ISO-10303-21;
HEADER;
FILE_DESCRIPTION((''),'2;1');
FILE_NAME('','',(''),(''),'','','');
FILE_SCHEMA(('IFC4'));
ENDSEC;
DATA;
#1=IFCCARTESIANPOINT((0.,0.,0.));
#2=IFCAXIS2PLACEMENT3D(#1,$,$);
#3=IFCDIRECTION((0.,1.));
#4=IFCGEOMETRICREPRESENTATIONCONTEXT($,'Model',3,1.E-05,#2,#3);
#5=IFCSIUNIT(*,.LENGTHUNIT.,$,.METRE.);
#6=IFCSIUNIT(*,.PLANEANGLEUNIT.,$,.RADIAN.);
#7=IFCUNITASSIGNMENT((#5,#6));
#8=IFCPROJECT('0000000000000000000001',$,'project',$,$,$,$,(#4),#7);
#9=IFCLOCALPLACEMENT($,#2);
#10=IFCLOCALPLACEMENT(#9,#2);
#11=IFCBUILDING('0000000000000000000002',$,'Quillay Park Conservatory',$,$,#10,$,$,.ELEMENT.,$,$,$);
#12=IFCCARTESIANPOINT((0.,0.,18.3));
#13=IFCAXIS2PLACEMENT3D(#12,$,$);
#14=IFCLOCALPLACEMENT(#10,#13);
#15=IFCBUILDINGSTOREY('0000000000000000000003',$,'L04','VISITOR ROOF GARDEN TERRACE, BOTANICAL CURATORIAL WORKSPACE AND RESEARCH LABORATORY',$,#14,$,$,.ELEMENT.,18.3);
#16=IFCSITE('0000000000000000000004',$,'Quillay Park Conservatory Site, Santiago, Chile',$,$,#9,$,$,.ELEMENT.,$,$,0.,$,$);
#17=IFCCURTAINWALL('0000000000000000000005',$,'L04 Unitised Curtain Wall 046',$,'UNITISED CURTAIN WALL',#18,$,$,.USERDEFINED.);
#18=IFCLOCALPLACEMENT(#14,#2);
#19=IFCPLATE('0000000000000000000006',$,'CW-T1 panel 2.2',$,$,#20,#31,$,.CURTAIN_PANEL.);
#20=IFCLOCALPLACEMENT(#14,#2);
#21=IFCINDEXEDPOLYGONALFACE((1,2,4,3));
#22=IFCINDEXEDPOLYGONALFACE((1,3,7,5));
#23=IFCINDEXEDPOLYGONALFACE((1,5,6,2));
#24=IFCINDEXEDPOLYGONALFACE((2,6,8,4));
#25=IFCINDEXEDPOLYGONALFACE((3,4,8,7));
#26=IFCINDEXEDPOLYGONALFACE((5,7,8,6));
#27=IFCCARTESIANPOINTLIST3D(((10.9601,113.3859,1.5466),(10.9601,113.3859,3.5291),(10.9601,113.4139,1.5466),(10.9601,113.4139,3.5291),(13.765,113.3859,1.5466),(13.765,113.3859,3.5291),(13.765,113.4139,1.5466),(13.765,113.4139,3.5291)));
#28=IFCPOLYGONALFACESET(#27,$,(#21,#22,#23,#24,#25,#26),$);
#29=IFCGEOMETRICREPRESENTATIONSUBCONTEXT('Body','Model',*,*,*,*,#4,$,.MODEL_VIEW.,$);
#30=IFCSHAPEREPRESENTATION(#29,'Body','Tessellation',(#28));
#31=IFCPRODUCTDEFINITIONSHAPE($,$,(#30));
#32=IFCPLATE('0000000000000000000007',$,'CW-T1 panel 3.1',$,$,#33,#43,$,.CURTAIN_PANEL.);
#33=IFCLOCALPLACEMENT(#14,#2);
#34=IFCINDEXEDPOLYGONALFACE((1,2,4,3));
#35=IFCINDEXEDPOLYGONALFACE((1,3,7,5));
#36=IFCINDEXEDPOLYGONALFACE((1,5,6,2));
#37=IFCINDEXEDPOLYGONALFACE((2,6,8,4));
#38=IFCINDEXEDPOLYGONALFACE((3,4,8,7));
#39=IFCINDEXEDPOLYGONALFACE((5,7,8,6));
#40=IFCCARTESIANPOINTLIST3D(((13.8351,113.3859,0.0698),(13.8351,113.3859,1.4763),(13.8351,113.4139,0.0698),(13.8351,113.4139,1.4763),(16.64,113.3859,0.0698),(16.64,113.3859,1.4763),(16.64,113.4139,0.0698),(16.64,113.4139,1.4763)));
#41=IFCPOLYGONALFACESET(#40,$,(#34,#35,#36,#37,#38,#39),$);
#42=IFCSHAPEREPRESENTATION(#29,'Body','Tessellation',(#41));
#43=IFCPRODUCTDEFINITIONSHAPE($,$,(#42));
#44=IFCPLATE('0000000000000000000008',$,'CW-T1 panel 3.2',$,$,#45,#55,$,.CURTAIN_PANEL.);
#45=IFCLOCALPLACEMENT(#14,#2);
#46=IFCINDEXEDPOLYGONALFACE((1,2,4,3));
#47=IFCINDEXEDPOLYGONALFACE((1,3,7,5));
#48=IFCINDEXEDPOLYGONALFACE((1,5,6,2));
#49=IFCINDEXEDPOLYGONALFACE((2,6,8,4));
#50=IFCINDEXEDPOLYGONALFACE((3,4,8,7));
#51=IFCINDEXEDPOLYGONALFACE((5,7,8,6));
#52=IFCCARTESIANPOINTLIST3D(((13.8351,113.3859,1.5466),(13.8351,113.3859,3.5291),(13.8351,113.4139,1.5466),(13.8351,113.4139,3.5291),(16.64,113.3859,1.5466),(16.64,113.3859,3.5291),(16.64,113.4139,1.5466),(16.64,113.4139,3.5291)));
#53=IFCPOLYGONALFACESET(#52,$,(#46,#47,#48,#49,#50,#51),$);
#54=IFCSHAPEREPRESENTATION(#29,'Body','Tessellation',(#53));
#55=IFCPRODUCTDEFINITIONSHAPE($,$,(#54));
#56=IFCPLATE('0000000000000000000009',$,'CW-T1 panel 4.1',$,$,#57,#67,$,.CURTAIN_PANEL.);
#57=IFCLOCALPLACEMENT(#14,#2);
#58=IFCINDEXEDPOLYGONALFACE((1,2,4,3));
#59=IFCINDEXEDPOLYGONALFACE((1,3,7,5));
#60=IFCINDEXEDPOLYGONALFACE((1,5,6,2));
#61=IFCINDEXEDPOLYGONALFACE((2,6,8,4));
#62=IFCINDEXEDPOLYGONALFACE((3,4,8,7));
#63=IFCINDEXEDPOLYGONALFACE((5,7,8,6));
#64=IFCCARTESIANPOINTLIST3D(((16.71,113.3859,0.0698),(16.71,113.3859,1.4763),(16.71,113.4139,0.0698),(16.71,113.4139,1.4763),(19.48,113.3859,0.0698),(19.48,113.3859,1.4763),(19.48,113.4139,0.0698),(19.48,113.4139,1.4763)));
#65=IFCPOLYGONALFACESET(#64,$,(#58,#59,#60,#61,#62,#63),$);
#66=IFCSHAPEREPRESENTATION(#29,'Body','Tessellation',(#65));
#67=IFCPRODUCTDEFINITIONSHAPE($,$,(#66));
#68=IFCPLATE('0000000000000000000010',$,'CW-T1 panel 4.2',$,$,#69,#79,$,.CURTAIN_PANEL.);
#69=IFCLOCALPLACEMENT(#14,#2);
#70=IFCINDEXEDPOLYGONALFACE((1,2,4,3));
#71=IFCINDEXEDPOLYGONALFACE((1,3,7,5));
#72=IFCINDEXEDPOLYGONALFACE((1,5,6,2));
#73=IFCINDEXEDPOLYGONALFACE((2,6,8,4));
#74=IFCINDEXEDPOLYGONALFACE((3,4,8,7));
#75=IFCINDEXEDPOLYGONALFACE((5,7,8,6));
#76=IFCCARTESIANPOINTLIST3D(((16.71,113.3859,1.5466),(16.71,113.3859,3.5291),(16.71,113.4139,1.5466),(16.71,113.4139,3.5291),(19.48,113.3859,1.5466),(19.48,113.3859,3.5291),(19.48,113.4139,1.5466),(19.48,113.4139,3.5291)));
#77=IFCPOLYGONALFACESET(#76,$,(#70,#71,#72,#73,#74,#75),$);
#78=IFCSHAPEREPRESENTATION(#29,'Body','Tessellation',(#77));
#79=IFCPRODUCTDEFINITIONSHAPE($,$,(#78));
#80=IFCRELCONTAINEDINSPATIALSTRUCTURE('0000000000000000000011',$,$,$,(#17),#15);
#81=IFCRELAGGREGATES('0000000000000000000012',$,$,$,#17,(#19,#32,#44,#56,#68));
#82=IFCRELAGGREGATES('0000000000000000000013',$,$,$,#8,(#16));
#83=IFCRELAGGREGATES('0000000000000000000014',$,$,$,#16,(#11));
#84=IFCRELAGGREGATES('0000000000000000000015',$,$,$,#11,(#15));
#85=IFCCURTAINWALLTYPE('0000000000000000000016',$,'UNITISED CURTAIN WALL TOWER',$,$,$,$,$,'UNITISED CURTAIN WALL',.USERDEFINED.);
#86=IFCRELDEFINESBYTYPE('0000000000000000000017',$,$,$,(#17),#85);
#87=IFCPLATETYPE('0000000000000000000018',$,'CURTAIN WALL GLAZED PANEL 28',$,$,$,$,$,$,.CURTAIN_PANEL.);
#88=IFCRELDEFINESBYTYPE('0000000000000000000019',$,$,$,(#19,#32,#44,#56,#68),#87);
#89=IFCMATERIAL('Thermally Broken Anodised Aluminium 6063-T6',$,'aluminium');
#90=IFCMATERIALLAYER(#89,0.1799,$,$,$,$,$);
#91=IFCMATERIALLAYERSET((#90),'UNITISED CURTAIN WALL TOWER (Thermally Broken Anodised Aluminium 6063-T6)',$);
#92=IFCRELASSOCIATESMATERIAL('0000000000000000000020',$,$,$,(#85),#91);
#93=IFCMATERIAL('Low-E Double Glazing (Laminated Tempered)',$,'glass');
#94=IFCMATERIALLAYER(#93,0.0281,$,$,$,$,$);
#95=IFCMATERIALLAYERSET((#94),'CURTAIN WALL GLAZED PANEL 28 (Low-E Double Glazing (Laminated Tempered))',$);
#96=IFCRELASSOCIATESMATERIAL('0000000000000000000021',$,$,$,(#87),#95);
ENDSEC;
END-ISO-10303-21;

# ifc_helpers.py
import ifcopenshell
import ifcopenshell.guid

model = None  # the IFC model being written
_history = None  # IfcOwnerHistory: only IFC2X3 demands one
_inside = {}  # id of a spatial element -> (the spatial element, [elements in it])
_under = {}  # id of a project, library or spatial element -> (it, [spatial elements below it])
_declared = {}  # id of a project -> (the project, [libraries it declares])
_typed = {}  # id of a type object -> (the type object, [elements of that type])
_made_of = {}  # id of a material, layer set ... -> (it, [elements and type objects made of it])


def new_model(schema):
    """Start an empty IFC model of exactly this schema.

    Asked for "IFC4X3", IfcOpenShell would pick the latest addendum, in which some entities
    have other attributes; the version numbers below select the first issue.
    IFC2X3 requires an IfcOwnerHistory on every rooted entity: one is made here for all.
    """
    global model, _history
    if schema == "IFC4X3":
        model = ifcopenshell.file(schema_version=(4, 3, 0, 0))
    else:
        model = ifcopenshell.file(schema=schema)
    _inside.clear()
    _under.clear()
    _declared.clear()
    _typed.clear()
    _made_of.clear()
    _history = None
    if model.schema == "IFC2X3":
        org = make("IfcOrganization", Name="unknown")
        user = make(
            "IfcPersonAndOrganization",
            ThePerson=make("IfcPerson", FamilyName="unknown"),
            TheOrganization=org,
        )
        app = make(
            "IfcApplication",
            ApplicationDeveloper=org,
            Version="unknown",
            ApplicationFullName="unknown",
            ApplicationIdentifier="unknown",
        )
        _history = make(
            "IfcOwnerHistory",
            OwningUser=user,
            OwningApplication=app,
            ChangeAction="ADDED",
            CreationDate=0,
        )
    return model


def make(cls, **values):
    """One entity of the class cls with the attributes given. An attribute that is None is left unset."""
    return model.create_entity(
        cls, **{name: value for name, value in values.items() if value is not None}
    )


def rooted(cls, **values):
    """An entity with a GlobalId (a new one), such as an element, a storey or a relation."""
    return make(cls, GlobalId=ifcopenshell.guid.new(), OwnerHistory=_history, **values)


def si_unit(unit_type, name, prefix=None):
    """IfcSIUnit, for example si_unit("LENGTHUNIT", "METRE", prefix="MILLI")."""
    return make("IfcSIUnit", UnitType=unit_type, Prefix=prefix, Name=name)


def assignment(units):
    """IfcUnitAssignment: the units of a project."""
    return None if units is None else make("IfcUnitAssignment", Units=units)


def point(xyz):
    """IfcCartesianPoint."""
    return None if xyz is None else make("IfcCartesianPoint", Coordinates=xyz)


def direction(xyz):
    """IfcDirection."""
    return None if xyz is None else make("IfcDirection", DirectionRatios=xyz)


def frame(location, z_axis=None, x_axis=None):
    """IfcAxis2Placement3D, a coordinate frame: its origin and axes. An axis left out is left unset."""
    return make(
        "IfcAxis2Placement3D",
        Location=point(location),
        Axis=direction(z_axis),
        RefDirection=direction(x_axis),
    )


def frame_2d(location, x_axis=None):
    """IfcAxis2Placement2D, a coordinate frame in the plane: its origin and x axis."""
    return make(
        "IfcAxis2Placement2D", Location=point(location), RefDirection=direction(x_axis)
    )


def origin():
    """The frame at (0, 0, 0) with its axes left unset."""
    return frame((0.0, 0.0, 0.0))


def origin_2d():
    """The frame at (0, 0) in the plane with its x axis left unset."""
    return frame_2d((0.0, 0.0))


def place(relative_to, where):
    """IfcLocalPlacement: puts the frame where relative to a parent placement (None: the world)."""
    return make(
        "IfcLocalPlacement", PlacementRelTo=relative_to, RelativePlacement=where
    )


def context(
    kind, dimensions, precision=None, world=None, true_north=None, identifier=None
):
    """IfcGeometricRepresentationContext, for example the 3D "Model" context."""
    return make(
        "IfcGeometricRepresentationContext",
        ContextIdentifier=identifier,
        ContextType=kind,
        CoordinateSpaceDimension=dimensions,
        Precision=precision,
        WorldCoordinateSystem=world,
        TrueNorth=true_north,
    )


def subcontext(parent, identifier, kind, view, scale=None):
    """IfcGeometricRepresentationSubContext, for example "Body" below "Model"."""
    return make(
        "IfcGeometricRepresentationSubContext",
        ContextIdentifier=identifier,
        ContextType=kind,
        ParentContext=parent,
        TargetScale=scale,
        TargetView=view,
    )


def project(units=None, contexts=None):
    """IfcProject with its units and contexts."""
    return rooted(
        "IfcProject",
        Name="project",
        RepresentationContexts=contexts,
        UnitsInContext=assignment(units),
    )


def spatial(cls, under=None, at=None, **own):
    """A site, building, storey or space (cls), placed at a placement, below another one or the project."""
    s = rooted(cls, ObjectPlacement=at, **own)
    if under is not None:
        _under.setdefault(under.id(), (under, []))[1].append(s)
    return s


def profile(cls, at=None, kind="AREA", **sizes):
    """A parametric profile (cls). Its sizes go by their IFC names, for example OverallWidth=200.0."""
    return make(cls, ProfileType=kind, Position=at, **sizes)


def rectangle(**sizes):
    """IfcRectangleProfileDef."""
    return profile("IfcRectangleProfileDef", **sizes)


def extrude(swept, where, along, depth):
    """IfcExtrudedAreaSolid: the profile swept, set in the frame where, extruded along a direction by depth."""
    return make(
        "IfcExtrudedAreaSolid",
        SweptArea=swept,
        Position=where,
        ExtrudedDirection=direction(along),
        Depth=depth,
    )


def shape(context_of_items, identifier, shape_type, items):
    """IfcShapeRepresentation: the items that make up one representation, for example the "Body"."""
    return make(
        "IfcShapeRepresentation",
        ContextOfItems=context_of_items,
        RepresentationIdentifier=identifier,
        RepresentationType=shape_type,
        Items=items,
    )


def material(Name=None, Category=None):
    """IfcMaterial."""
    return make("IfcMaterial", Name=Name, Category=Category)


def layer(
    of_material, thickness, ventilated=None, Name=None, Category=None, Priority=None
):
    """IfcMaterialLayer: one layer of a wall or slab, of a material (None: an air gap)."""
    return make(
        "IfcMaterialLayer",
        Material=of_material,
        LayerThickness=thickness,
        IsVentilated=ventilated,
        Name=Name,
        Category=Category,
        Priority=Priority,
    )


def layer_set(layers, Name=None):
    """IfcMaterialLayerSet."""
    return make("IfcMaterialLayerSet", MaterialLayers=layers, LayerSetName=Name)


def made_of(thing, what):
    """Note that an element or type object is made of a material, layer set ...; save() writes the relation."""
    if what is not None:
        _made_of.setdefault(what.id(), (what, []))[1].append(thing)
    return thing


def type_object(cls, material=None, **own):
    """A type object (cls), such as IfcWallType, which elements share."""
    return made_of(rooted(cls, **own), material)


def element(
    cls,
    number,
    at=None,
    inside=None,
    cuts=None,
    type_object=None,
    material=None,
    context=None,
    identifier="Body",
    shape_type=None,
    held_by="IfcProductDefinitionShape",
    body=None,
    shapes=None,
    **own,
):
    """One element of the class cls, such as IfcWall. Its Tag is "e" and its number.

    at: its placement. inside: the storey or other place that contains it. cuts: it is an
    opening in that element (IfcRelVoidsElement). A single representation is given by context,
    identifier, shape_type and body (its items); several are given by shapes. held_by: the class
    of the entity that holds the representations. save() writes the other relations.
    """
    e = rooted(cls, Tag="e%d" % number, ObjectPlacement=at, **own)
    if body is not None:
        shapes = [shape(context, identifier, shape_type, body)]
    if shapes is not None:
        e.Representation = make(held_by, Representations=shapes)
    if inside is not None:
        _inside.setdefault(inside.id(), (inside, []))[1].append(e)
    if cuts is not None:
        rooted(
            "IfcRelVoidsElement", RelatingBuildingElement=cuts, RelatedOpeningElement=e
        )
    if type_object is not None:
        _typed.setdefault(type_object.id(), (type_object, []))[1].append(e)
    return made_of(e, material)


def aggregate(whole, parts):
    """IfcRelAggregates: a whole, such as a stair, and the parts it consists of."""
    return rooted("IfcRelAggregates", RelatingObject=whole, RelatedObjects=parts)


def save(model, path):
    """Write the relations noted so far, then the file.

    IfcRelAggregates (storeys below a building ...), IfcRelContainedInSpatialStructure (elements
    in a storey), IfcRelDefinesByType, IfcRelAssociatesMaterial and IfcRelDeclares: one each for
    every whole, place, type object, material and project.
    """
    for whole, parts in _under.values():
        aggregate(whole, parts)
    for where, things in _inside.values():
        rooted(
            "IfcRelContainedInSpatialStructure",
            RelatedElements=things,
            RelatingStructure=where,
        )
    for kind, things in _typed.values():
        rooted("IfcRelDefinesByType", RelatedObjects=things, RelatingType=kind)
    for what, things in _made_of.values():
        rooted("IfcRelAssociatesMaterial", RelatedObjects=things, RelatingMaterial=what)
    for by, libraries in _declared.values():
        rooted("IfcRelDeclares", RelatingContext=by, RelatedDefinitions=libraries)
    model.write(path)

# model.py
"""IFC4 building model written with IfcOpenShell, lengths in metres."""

from ifc_helpers import new_model, si_unit, direction, frame, origin, origin_2d, place, context, subcontext, project, spatial, rectangle, extrude, material, layer, layer_set, type_object, element, aggregate, save


model = new_model("IFC4")

# Units and contexts
model_context = context("Model", 3, precision=1e-05, world=origin(), true_north=direction((0.0, 1.0)))
body_context = subcontext(model_context, "Body", "Model", "MODEL_VIEW")
ifc_project = project(units=[si_unit("LENGTHUNIT", "METRE"), si_unit("PLANEANGLEUNIT", "RADIAN")], contexts=[model_context])

# Site, building, storey
site_placement = place(None, origin())
site = spatial("IfcSite", under=ifc_project, at=site_placement, Name="Quillay Park Conservatory Site, Santiago, Chile", CompositionType="ELEMENT", RefElevation=0.0)
building_placement = place(site_placement, origin())
building = spatial("IfcBuilding", under=site, at=building_placement, Name="Quillay Park Conservatory", CompositionType="ELEMENT")
storey_placement = place(building_placement, frame((0.0, 0.0, 18.3)))
storey = spatial("IfcBuildingStorey", under=building, at=storey_placement, Name="L04", Description="VISITOR ROOF GARDEN TERRACE, BOTANICAL CURATORIAL WORKSPACE AND RESEARCH LABORATORY", CompositionType="ELEMENT", Elevation=18.3)

# Curtain wall
ifc_material_1 = material(Name="Thermally Broken Anodised Aluminium 6063-T6", Category="aluminium")
ifc_layer_1 = layer(ifc_material_1, 0.1799)
ifc_layer_set_1 = layer_set([ifc_layer_1], Name="UNITISED CURTAIN WALL TOWER (Thermally Broken Anodised Aluminium 6063-T6)")
curtain_wall_type = type_object("IfcCurtainWallType", Name="UNITISED CURTAIN WALL TOWER", ElementType="UNITISED CURTAIN WALL", PredefinedType="USERDEFINED", material=ifc_layer_set_1)
curtain_wall_placement = place(storey_placement, origin())
curtain_wall = element("IfcCurtainWall", 1, at=curtain_wall_placement, inside=storey, type_object=curtain_wall_type, Name="L04 Unitised Curtain Wall 046", ObjectType="UNITISED CURTAIN WALL", PredefinedType="USERDEFINED")

# Plates
ifc_material_2 = material(Name="Low-E Double Glazing (Laminated Tempered)", Category="glass")
ifc_layer_2 = layer(ifc_material_2, 0.0281)
ifc_layer_set_2 = layer_set([ifc_layer_2], Name="CURTAIN WALL GLAZED PANEL 28 (Low-E Double Glazing (Laminated Tempered))")
plate_type = type_object("IfcPlateType", Name="CURTAIN WALL GLAZED PANEL 28", PredefinedType="CURTAIN_PANEL", material=ifc_layer_set_2)
plate_1_placement = place(storey_placement, frame((12.3625, 113.3999, 1.5466), z_axis=(0.0, 0.0, 1.0), x_axis=(1.0, 0.0, 0.0)))
plate_1 = element("IfcPlate", 2, at=plate_1_placement, type_object=plate_type, Name="CW-T1 panel 2.2", PredefinedType="CURTAIN_PANEL", context=body_context, shape_type="SweptSolid", body=[
    extrude(rectangle(XDim=2.8049, YDim=0.0281, at=origin_2d()), origin(), (0.0, 0.0, 1.0), 1.9824),
])
plate_2_placement = place(storey_placement, frame((15.2375, 113.3999, 0.0698), z_axis=(0.0, 0.0, 1.0), x_axis=(1.0, 0.0, 0.0)))
plate_2 = element("IfcPlate", 3, at=plate_2_placement, type_object=plate_type, Name="CW-T1 panel 3.1", PredefinedType="CURTAIN_PANEL", context=body_context, shape_type="SweptSolid", body=[
    extrude(rectangle(XDim=2.8049, YDim=0.0281, at=origin_2d()), origin(), (0.0, 0.0, 1.0), 1.4065),
])
plate_3_placement = place(storey_placement, frame((15.2375, 113.3999, 1.5466), z_axis=(0.0, 0.0, 1.0), x_axis=(1.0, 0.0, 0.0)))
plate_3 = element("IfcPlate", 4, at=plate_3_placement, type_object=plate_type, Name="CW-T1 panel 3.2", PredefinedType="CURTAIN_PANEL", context=body_context, shape_type="SweptSolid", body=[
    extrude(rectangle(XDim=2.8049, YDim=0.0281, at=origin_2d()), origin(), (0.0, 0.0, 1.0), 1.9824),
])
plate_4_placement = place(storey_placement, frame((18.095, 113.3999, 0.0698), z_axis=(0.0, 0.0, 1.0), x_axis=(1.0, 0.0, 0.0)))
plate_4 = element("IfcPlate", 5, at=plate_4_placement, type_object=plate_type, Name="CW-T1 panel 4.1", PredefinedType="CURTAIN_PANEL", context=body_context, shape_type="SweptSolid", body=[
    extrude(rectangle(XDim=2.77, YDim=0.0281, at=origin_2d()), origin(), (0.0, 0.0, 1.0), 1.4065),
])
plate_5_placement = place(storey_placement, frame((18.095, 113.3999, 1.5466), z_axis=(0.0, 0.0, 1.0), x_axis=(1.0, 0.0, 0.0)))
plate_5 = element("IfcPlate", 6, at=plate_5_placement, type_object=plate_type, Name="CW-T1 panel 4.2", PredefinedType="CURTAIN_PANEL", context=body_context, shape_type="SweptSolid", body=[
    extrude(rectangle(XDim=2.77, YDim=0.0281, at=origin_2d()), origin(), (0.0, 0.0, 1.0), 1.9824),
])
aggregate(curtain_wall, [plate_1, plate_2, plate_3, plate_4, plate_5])

save(model, "model.ifc")
